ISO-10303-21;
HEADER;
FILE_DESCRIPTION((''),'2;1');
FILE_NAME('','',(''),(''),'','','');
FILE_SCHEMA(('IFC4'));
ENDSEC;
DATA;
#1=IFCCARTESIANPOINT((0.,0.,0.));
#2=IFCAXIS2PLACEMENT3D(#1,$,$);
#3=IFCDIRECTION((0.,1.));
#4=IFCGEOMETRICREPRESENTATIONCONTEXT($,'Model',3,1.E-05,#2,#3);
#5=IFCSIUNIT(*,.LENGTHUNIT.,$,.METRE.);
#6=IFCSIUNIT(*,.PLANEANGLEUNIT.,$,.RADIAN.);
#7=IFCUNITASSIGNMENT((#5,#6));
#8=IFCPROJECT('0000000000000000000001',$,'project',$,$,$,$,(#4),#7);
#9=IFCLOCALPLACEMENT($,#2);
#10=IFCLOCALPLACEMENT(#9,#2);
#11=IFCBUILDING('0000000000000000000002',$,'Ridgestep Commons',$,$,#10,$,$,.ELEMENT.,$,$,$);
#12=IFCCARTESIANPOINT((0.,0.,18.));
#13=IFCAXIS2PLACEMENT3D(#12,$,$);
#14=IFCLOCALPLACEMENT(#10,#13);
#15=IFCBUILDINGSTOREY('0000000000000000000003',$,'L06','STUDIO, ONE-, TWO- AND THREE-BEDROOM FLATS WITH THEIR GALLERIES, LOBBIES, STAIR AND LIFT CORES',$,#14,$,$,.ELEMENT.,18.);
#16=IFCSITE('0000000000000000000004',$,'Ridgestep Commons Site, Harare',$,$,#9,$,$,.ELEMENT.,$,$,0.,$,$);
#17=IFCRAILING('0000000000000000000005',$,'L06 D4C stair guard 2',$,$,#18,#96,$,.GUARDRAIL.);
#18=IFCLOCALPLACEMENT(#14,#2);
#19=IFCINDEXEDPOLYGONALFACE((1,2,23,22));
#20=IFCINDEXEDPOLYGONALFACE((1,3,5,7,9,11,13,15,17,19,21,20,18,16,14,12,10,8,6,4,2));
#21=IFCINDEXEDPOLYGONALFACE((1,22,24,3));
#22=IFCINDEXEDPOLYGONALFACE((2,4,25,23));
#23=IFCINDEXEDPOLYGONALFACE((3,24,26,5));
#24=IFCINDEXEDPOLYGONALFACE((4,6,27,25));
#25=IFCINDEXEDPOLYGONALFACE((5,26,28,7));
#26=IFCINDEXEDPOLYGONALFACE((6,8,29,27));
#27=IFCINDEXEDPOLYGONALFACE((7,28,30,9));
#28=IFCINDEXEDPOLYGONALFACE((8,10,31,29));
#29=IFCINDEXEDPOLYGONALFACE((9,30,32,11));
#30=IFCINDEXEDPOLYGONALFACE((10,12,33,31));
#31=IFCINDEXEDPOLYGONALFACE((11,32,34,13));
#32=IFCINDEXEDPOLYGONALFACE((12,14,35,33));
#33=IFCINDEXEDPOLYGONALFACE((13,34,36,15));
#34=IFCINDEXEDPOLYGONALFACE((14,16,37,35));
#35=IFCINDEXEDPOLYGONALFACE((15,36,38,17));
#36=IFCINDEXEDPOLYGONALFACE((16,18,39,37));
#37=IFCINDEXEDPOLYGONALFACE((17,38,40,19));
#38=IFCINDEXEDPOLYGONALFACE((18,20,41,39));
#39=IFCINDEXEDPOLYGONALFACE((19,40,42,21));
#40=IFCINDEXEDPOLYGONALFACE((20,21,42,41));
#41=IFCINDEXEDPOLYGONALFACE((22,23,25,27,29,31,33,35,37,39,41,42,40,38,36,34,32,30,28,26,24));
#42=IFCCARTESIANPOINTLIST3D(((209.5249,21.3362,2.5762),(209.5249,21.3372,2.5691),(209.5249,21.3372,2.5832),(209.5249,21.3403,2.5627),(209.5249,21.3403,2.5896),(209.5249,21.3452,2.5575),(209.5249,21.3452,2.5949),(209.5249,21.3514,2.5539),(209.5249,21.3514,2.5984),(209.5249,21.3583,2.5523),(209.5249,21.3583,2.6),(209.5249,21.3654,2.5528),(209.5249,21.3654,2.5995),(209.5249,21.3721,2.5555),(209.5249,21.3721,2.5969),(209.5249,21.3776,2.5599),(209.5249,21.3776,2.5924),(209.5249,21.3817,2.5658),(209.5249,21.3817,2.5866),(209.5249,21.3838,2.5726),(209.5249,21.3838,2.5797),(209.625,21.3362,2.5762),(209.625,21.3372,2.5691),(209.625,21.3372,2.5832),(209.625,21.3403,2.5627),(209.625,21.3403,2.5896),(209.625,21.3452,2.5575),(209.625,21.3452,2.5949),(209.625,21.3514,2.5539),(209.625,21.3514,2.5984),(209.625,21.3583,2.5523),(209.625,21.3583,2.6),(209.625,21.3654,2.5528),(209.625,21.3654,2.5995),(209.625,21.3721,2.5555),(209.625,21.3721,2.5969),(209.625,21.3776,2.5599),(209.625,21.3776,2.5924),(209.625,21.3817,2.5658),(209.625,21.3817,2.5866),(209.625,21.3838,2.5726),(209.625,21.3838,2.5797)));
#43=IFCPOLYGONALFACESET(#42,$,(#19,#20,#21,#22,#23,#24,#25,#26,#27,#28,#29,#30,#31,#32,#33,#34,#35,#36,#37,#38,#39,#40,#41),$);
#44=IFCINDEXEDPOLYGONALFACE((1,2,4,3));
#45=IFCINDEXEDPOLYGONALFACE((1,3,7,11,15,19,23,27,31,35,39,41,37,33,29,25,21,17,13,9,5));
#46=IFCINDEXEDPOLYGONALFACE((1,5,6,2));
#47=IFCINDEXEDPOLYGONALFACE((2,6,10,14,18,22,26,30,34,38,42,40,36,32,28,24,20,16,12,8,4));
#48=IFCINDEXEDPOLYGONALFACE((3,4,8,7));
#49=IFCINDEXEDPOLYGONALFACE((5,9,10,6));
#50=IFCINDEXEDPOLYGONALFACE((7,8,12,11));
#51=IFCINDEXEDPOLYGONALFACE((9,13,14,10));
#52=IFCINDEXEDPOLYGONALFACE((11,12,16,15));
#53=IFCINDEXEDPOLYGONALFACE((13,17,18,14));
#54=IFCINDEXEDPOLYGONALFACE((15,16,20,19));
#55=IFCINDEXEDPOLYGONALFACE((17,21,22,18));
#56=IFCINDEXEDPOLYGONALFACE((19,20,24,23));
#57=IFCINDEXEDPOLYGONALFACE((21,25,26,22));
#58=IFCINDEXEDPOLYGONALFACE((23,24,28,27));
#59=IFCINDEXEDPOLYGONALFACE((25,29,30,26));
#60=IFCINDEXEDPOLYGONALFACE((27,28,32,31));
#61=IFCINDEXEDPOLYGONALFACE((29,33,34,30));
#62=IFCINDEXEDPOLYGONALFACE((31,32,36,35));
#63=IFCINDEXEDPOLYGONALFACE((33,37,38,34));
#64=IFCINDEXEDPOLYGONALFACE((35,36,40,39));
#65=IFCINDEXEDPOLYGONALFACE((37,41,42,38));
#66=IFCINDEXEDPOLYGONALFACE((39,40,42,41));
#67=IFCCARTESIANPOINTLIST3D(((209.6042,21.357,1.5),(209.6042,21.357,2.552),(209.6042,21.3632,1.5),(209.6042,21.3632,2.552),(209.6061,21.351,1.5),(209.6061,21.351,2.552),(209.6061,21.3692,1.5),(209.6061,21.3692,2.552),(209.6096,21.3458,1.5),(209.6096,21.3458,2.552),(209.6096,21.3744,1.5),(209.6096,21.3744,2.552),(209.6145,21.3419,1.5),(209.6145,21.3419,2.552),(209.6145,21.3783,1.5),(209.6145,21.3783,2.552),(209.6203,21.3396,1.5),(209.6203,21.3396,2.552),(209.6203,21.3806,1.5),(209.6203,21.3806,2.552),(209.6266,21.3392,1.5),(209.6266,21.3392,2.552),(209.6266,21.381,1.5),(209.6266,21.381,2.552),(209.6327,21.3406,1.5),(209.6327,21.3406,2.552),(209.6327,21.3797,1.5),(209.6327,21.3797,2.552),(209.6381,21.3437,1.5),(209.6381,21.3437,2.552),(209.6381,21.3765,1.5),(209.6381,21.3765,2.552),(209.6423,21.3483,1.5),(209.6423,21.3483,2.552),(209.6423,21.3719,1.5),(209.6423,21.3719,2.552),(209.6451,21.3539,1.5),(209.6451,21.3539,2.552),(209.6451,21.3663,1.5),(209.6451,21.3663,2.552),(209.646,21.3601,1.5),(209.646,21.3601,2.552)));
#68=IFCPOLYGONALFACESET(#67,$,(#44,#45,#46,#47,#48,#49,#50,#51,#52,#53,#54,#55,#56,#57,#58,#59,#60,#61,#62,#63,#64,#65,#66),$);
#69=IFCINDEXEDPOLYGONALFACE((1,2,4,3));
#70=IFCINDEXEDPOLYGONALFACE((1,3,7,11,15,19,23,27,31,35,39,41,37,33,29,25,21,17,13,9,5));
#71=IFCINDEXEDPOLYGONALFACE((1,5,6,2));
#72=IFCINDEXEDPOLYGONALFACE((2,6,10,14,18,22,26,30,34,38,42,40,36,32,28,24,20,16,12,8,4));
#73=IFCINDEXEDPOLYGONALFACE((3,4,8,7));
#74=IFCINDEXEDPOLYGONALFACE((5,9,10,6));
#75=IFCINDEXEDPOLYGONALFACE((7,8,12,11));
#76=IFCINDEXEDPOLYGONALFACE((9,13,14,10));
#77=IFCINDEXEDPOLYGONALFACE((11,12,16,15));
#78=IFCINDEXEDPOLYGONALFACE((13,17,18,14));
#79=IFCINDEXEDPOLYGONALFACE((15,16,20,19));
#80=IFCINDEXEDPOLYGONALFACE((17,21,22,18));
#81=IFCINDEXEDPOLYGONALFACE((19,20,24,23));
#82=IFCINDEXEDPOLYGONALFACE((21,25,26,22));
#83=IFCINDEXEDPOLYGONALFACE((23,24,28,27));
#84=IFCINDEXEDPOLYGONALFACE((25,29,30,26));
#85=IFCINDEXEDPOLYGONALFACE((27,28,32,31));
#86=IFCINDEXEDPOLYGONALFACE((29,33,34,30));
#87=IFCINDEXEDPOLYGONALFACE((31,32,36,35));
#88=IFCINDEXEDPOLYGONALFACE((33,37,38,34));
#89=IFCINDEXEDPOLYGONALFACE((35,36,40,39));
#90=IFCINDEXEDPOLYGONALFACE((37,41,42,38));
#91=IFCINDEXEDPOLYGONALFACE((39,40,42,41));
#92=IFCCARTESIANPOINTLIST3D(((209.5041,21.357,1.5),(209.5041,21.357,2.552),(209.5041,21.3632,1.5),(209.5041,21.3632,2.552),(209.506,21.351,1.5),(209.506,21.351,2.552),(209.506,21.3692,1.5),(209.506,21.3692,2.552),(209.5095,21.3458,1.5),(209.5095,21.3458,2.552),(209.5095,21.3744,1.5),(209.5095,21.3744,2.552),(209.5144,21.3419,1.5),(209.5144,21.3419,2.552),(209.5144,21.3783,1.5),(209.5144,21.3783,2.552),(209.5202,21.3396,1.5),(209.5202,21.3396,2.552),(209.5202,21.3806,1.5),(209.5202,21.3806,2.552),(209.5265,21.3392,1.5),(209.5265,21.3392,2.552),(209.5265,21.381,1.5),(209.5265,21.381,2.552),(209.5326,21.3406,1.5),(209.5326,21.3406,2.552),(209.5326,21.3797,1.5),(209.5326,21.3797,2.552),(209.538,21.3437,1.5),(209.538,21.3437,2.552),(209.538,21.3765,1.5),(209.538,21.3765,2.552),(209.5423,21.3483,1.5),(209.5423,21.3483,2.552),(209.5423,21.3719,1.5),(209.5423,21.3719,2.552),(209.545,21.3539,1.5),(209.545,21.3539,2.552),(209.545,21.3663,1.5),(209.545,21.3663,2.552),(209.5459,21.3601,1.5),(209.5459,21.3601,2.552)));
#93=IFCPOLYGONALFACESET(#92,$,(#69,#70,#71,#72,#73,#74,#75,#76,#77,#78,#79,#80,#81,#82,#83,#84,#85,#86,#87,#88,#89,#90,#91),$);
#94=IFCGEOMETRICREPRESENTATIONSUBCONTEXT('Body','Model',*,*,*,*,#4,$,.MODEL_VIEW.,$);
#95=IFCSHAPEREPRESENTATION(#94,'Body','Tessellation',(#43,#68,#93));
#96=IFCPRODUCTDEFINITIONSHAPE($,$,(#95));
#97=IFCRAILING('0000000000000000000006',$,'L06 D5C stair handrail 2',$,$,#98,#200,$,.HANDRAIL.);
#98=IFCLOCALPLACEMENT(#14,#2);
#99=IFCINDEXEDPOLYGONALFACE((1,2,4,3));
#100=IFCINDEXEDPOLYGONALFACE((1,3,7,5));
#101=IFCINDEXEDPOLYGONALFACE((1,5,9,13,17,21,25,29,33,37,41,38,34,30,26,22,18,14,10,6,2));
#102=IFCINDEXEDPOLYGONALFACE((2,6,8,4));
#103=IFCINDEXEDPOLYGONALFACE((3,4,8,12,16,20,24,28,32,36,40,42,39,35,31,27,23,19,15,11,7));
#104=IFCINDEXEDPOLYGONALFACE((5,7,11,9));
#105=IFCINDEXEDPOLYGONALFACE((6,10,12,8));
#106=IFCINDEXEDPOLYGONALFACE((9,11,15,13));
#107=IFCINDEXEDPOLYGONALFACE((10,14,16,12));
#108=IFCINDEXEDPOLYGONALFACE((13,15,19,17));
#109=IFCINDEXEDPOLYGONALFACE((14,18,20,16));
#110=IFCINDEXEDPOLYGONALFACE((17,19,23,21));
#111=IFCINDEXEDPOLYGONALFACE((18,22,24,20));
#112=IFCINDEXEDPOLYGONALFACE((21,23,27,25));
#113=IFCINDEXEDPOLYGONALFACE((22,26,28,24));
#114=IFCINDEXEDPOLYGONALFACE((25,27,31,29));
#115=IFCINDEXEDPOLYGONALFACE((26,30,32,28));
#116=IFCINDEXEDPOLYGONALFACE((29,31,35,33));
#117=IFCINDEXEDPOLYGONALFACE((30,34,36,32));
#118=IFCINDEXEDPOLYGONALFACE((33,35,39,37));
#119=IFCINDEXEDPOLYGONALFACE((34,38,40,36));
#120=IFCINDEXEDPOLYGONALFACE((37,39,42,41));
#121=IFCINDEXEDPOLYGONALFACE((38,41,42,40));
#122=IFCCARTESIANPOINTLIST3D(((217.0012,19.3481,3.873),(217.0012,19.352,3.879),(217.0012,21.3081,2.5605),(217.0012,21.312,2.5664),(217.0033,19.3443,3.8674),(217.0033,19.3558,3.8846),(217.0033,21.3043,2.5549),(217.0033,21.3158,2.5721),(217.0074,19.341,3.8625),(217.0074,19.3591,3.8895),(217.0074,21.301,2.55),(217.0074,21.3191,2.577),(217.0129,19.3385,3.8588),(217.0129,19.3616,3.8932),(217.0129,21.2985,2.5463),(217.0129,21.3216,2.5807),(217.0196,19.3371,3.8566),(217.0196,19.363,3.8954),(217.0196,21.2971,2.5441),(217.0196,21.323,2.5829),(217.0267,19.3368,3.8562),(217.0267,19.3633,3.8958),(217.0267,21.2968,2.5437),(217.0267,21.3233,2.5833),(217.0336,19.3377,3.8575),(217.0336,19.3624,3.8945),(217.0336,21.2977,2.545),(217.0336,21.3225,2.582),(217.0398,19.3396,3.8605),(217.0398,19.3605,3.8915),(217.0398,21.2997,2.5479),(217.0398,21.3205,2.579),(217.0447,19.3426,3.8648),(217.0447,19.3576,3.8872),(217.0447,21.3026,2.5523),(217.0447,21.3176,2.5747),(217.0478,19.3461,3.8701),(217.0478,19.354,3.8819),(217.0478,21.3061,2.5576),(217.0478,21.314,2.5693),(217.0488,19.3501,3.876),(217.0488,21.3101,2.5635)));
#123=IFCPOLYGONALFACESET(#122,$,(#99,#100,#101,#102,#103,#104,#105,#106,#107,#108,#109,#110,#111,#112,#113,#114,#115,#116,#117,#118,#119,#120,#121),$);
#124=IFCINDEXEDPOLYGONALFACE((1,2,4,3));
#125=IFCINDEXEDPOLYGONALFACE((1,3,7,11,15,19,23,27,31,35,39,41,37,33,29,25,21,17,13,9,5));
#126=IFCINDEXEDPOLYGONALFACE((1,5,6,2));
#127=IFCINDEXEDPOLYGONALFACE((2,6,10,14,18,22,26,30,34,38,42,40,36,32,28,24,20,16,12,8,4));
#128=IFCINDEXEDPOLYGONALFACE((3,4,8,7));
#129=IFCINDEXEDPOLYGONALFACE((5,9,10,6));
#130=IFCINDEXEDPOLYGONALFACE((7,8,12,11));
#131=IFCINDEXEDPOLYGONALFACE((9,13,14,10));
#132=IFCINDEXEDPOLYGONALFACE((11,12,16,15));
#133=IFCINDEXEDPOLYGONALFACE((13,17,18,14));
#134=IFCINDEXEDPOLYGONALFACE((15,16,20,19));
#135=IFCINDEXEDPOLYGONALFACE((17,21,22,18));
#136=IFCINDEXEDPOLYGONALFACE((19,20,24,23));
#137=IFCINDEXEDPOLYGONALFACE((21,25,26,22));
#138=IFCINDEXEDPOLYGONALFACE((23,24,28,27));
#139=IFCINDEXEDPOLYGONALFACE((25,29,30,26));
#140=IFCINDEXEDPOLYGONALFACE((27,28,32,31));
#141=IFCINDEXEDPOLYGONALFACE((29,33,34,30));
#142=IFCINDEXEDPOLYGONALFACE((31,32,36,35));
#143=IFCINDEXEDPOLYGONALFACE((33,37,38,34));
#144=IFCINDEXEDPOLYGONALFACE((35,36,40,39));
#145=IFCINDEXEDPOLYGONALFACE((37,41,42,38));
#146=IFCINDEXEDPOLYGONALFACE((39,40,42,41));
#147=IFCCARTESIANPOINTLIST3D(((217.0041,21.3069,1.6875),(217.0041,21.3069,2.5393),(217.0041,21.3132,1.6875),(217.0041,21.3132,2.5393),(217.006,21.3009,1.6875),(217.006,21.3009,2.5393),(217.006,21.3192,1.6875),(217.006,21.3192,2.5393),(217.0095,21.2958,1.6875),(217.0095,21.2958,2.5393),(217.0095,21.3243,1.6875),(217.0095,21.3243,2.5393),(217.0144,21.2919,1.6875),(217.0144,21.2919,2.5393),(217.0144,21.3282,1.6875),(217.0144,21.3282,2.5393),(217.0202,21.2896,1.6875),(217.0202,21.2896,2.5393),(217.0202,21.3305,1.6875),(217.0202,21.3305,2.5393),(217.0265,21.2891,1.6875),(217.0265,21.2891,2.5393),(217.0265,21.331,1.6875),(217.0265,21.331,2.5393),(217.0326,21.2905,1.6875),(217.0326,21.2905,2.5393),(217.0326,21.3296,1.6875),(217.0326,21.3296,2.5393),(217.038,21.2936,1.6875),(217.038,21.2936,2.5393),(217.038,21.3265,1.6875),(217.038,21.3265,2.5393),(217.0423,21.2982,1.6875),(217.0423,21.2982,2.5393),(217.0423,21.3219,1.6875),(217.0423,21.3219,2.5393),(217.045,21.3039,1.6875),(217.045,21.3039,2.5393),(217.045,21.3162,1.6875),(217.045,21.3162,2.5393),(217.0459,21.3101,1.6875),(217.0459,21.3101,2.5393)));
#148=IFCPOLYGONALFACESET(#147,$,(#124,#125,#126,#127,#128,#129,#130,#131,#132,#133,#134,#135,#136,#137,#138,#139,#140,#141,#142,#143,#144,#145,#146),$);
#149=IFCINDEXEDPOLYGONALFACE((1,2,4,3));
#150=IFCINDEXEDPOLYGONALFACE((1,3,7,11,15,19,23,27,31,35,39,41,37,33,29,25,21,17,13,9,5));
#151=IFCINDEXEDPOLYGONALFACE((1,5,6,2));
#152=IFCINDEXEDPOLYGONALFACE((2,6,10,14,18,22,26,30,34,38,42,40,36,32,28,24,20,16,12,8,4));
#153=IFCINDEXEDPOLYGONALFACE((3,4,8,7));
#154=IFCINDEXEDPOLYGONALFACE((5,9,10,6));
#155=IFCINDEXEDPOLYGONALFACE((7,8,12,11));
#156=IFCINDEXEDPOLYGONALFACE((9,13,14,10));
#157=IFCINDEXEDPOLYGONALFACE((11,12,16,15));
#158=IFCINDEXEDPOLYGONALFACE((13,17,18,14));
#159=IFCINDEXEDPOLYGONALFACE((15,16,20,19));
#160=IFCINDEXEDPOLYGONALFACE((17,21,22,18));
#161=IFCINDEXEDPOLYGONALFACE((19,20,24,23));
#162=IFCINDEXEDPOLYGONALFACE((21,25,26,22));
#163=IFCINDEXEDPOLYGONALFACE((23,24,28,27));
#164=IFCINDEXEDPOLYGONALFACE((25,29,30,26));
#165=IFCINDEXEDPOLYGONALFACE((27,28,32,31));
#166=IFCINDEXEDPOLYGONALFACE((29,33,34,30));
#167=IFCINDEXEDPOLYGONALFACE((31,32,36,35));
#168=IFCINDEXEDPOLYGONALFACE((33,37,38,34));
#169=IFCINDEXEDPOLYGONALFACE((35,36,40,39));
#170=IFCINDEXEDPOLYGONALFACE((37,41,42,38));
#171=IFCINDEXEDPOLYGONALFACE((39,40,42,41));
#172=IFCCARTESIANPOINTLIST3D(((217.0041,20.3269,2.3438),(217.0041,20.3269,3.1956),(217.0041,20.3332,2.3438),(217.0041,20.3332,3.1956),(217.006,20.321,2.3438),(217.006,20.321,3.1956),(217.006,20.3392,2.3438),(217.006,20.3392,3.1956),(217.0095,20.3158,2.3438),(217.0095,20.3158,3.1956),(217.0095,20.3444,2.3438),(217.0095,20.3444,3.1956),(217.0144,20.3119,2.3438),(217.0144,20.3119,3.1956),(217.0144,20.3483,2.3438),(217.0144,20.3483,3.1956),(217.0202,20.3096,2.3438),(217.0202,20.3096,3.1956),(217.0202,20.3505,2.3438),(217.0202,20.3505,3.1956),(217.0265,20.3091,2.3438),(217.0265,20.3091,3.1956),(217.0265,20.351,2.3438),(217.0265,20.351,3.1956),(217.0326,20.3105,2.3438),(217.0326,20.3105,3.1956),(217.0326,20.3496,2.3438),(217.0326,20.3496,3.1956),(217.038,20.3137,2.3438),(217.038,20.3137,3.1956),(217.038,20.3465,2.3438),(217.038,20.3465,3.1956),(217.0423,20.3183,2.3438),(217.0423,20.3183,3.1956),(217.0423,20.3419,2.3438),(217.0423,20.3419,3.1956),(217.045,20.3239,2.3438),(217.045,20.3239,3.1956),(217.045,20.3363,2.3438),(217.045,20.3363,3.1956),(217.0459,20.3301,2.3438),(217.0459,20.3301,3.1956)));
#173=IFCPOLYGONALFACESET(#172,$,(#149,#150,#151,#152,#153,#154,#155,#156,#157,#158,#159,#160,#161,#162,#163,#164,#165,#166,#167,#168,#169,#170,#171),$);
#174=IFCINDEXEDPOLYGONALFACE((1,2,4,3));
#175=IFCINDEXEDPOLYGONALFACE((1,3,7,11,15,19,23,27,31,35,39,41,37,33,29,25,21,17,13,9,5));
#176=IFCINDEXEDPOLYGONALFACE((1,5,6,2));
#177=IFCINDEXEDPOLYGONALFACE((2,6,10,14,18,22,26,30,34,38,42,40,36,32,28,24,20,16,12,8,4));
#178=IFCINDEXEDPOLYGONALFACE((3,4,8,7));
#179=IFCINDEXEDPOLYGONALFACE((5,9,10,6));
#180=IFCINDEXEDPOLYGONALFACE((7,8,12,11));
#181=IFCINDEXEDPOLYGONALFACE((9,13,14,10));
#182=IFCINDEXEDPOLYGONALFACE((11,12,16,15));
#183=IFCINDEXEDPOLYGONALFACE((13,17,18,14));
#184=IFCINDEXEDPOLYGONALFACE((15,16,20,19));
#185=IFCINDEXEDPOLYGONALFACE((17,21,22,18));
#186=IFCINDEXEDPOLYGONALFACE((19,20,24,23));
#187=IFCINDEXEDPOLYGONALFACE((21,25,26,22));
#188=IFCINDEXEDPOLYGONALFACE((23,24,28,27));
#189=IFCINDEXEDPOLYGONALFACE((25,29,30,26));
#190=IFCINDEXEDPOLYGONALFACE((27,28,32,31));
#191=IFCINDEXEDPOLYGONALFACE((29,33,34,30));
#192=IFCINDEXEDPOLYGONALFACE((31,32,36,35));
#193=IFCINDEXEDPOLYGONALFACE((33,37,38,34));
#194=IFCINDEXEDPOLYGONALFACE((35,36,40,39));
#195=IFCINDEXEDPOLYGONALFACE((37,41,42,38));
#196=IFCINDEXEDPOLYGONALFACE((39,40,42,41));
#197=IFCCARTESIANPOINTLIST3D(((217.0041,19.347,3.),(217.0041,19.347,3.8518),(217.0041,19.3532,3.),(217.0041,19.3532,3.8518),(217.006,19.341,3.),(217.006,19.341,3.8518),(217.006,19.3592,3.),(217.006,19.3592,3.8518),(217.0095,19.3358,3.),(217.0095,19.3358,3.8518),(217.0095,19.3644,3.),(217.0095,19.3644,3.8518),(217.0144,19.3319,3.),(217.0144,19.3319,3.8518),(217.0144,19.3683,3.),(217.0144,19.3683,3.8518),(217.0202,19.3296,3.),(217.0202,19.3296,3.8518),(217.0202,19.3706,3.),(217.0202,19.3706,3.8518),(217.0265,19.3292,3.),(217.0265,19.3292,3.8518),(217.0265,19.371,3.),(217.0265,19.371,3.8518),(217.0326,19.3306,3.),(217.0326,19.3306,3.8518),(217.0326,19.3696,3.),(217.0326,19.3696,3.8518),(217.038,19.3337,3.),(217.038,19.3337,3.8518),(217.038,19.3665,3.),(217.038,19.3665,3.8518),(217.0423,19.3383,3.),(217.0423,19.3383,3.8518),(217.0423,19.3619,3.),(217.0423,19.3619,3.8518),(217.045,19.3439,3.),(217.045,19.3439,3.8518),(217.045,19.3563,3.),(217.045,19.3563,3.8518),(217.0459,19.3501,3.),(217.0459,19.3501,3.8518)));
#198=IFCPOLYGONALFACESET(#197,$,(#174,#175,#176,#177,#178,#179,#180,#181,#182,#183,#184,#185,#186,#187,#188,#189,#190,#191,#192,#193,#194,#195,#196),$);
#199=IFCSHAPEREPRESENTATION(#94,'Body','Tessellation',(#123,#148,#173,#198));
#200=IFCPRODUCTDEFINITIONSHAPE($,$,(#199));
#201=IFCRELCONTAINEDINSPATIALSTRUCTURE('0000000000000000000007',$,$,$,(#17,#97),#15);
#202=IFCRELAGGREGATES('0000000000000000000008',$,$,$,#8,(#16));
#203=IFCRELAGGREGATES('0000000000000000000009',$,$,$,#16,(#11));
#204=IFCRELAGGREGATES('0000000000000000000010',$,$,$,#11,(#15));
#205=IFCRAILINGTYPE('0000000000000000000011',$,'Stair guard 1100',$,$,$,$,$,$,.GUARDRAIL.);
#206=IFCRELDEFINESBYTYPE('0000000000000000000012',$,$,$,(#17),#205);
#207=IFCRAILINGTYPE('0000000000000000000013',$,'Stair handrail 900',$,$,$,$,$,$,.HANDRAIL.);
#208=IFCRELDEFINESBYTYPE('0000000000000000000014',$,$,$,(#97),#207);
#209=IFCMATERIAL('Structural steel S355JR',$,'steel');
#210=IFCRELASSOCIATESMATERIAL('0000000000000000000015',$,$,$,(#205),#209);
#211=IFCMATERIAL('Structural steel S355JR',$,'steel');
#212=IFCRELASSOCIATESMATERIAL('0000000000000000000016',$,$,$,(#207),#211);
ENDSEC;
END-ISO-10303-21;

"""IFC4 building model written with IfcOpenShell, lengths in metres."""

from ifc_helpers import new_model, si_unit, direction, frame, origin, origin_2d, place, context, subcontext, project, spatial, circle, extrude, material, type_object, element, save


model = new_model("IFC4")

# Units and contexts
model_context = context("Model", 3, precision=1e-05, world=origin(), true_north=direction((0.0, 1.0)))
body_context = subcontext(model_context, "Body", "Model", "MODEL_VIEW")
ifc_project = project(units=[si_unit("LENGTHUNIT", "METRE"), si_unit("PLANEANGLEUNIT", "RADIAN")], contexts=[model_context])

# Site, building, storey
site_placement = place(None, origin())
site = spatial("IfcSite", under=ifc_project, at=site_placement, Name="Ridgestep Commons Site, Harare", CompositionType="ELEMENT", RefElevation=0.0)
building_placement = place(site_placement, origin())
building = spatial("IfcBuilding", under=site, at=building_placement, Name="Ridgestep Commons", CompositionType="ELEMENT")
storey_placement = place(building_placement, frame((0.0, 0.0, 18.0)))
storey = spatial("IfcBuildingStorey", under=building, at=storey_placement, Name="L06", Description="STUDIO, ONE-, TWO- AND THREE-BEDROOM FLATS WITH THEIR GALLERIES, LOBBIES, STAIR AND LIFT CORES", CompositionType="ELEMENT", Elevation=18.0)

# Railings
ifc_material_1 = material(Name="Structural steel S355JR", Category="steel")
railing_type_1 = type_object("IfcRailingType", Name="Stair guard 1100", PredefinedType="GUARDRAIL", material=ifc_material_1)
railing_1_placement = place(storey_placement, frame((209.625, 21.3601, 1.5)))
element("IfcRailing", 1, at=railing_1_placement, inside=storey, type_object=railing_type_1, Name="L06 D4C stair guard 2", PredefinedType="GUARDRAIL", context=body_context, shape_type="SweptSolid", body=[
    extrude(circle(Radius=0.0239, at=origin_2d()), frame((0.0, 0.0, 1.0762), z_axis=(-1.0, 0.0, 0.0), x_axis=(0.0, -1.0, 0.0)), (0.0, 0.0, 1.0), 0.1001),
    extrude(circle(Radius=0.021, at=origin_2d()), origin(), (0.0, 0.0, 1.0), 1.052),
    extrude(circle(Radius=0.021, at=origin_2d()), frame((-0.1001, 0.0, 0.0)), (0.0, 0.0, 1.0), 1.052),
])
ifc_material_2 = material(Name="Structural steel S355JR", Category="steel")
railing_type_2 = type_object("IfcRailingType", Name="Stair handrail 900", PredefinedType="HANDRAIL", material=ifc_material_2)
railing_2_placement = place(storey_placement, frame((217.0249, 21.3101, 1.6875)))
element("IfcRailing", 2, at=railing_2_placement, inside=storey, type_object=railing_type_2, Name="L06 D5C stair handrail 2", PredefinedType="HANDRAIL", context=body_context, shape_type="SweptSolid", body=[
    extrude(circle(Radius=0.0239, at=origin_2d()), frame((0.0, 0.0, 0.876), z_axis=(0.0, -0.830902, 0.556419), x_axis=(1.0, 0.0, 0.0)), (0.0, 0.0, 1.0), 2.3589),
    extrude(circle(Radius=0.021, at=origin_2d()), origin(), (0.0, 0.0, 1.0), 0.8518),
    extrude(circle(Radius=0.021, at=origin_2d()), frame((0.0, -0.98, 0.6562)), (0.0, 0.0, 1.0), 0.8518),
    extrude(circle(Radius=0.021, at=origin_2d()), frame((0.0, -1.96, 1.3125)), (0.0, 0.0, 1.0), 0.8518),
])

save(model, "model.ifc")
